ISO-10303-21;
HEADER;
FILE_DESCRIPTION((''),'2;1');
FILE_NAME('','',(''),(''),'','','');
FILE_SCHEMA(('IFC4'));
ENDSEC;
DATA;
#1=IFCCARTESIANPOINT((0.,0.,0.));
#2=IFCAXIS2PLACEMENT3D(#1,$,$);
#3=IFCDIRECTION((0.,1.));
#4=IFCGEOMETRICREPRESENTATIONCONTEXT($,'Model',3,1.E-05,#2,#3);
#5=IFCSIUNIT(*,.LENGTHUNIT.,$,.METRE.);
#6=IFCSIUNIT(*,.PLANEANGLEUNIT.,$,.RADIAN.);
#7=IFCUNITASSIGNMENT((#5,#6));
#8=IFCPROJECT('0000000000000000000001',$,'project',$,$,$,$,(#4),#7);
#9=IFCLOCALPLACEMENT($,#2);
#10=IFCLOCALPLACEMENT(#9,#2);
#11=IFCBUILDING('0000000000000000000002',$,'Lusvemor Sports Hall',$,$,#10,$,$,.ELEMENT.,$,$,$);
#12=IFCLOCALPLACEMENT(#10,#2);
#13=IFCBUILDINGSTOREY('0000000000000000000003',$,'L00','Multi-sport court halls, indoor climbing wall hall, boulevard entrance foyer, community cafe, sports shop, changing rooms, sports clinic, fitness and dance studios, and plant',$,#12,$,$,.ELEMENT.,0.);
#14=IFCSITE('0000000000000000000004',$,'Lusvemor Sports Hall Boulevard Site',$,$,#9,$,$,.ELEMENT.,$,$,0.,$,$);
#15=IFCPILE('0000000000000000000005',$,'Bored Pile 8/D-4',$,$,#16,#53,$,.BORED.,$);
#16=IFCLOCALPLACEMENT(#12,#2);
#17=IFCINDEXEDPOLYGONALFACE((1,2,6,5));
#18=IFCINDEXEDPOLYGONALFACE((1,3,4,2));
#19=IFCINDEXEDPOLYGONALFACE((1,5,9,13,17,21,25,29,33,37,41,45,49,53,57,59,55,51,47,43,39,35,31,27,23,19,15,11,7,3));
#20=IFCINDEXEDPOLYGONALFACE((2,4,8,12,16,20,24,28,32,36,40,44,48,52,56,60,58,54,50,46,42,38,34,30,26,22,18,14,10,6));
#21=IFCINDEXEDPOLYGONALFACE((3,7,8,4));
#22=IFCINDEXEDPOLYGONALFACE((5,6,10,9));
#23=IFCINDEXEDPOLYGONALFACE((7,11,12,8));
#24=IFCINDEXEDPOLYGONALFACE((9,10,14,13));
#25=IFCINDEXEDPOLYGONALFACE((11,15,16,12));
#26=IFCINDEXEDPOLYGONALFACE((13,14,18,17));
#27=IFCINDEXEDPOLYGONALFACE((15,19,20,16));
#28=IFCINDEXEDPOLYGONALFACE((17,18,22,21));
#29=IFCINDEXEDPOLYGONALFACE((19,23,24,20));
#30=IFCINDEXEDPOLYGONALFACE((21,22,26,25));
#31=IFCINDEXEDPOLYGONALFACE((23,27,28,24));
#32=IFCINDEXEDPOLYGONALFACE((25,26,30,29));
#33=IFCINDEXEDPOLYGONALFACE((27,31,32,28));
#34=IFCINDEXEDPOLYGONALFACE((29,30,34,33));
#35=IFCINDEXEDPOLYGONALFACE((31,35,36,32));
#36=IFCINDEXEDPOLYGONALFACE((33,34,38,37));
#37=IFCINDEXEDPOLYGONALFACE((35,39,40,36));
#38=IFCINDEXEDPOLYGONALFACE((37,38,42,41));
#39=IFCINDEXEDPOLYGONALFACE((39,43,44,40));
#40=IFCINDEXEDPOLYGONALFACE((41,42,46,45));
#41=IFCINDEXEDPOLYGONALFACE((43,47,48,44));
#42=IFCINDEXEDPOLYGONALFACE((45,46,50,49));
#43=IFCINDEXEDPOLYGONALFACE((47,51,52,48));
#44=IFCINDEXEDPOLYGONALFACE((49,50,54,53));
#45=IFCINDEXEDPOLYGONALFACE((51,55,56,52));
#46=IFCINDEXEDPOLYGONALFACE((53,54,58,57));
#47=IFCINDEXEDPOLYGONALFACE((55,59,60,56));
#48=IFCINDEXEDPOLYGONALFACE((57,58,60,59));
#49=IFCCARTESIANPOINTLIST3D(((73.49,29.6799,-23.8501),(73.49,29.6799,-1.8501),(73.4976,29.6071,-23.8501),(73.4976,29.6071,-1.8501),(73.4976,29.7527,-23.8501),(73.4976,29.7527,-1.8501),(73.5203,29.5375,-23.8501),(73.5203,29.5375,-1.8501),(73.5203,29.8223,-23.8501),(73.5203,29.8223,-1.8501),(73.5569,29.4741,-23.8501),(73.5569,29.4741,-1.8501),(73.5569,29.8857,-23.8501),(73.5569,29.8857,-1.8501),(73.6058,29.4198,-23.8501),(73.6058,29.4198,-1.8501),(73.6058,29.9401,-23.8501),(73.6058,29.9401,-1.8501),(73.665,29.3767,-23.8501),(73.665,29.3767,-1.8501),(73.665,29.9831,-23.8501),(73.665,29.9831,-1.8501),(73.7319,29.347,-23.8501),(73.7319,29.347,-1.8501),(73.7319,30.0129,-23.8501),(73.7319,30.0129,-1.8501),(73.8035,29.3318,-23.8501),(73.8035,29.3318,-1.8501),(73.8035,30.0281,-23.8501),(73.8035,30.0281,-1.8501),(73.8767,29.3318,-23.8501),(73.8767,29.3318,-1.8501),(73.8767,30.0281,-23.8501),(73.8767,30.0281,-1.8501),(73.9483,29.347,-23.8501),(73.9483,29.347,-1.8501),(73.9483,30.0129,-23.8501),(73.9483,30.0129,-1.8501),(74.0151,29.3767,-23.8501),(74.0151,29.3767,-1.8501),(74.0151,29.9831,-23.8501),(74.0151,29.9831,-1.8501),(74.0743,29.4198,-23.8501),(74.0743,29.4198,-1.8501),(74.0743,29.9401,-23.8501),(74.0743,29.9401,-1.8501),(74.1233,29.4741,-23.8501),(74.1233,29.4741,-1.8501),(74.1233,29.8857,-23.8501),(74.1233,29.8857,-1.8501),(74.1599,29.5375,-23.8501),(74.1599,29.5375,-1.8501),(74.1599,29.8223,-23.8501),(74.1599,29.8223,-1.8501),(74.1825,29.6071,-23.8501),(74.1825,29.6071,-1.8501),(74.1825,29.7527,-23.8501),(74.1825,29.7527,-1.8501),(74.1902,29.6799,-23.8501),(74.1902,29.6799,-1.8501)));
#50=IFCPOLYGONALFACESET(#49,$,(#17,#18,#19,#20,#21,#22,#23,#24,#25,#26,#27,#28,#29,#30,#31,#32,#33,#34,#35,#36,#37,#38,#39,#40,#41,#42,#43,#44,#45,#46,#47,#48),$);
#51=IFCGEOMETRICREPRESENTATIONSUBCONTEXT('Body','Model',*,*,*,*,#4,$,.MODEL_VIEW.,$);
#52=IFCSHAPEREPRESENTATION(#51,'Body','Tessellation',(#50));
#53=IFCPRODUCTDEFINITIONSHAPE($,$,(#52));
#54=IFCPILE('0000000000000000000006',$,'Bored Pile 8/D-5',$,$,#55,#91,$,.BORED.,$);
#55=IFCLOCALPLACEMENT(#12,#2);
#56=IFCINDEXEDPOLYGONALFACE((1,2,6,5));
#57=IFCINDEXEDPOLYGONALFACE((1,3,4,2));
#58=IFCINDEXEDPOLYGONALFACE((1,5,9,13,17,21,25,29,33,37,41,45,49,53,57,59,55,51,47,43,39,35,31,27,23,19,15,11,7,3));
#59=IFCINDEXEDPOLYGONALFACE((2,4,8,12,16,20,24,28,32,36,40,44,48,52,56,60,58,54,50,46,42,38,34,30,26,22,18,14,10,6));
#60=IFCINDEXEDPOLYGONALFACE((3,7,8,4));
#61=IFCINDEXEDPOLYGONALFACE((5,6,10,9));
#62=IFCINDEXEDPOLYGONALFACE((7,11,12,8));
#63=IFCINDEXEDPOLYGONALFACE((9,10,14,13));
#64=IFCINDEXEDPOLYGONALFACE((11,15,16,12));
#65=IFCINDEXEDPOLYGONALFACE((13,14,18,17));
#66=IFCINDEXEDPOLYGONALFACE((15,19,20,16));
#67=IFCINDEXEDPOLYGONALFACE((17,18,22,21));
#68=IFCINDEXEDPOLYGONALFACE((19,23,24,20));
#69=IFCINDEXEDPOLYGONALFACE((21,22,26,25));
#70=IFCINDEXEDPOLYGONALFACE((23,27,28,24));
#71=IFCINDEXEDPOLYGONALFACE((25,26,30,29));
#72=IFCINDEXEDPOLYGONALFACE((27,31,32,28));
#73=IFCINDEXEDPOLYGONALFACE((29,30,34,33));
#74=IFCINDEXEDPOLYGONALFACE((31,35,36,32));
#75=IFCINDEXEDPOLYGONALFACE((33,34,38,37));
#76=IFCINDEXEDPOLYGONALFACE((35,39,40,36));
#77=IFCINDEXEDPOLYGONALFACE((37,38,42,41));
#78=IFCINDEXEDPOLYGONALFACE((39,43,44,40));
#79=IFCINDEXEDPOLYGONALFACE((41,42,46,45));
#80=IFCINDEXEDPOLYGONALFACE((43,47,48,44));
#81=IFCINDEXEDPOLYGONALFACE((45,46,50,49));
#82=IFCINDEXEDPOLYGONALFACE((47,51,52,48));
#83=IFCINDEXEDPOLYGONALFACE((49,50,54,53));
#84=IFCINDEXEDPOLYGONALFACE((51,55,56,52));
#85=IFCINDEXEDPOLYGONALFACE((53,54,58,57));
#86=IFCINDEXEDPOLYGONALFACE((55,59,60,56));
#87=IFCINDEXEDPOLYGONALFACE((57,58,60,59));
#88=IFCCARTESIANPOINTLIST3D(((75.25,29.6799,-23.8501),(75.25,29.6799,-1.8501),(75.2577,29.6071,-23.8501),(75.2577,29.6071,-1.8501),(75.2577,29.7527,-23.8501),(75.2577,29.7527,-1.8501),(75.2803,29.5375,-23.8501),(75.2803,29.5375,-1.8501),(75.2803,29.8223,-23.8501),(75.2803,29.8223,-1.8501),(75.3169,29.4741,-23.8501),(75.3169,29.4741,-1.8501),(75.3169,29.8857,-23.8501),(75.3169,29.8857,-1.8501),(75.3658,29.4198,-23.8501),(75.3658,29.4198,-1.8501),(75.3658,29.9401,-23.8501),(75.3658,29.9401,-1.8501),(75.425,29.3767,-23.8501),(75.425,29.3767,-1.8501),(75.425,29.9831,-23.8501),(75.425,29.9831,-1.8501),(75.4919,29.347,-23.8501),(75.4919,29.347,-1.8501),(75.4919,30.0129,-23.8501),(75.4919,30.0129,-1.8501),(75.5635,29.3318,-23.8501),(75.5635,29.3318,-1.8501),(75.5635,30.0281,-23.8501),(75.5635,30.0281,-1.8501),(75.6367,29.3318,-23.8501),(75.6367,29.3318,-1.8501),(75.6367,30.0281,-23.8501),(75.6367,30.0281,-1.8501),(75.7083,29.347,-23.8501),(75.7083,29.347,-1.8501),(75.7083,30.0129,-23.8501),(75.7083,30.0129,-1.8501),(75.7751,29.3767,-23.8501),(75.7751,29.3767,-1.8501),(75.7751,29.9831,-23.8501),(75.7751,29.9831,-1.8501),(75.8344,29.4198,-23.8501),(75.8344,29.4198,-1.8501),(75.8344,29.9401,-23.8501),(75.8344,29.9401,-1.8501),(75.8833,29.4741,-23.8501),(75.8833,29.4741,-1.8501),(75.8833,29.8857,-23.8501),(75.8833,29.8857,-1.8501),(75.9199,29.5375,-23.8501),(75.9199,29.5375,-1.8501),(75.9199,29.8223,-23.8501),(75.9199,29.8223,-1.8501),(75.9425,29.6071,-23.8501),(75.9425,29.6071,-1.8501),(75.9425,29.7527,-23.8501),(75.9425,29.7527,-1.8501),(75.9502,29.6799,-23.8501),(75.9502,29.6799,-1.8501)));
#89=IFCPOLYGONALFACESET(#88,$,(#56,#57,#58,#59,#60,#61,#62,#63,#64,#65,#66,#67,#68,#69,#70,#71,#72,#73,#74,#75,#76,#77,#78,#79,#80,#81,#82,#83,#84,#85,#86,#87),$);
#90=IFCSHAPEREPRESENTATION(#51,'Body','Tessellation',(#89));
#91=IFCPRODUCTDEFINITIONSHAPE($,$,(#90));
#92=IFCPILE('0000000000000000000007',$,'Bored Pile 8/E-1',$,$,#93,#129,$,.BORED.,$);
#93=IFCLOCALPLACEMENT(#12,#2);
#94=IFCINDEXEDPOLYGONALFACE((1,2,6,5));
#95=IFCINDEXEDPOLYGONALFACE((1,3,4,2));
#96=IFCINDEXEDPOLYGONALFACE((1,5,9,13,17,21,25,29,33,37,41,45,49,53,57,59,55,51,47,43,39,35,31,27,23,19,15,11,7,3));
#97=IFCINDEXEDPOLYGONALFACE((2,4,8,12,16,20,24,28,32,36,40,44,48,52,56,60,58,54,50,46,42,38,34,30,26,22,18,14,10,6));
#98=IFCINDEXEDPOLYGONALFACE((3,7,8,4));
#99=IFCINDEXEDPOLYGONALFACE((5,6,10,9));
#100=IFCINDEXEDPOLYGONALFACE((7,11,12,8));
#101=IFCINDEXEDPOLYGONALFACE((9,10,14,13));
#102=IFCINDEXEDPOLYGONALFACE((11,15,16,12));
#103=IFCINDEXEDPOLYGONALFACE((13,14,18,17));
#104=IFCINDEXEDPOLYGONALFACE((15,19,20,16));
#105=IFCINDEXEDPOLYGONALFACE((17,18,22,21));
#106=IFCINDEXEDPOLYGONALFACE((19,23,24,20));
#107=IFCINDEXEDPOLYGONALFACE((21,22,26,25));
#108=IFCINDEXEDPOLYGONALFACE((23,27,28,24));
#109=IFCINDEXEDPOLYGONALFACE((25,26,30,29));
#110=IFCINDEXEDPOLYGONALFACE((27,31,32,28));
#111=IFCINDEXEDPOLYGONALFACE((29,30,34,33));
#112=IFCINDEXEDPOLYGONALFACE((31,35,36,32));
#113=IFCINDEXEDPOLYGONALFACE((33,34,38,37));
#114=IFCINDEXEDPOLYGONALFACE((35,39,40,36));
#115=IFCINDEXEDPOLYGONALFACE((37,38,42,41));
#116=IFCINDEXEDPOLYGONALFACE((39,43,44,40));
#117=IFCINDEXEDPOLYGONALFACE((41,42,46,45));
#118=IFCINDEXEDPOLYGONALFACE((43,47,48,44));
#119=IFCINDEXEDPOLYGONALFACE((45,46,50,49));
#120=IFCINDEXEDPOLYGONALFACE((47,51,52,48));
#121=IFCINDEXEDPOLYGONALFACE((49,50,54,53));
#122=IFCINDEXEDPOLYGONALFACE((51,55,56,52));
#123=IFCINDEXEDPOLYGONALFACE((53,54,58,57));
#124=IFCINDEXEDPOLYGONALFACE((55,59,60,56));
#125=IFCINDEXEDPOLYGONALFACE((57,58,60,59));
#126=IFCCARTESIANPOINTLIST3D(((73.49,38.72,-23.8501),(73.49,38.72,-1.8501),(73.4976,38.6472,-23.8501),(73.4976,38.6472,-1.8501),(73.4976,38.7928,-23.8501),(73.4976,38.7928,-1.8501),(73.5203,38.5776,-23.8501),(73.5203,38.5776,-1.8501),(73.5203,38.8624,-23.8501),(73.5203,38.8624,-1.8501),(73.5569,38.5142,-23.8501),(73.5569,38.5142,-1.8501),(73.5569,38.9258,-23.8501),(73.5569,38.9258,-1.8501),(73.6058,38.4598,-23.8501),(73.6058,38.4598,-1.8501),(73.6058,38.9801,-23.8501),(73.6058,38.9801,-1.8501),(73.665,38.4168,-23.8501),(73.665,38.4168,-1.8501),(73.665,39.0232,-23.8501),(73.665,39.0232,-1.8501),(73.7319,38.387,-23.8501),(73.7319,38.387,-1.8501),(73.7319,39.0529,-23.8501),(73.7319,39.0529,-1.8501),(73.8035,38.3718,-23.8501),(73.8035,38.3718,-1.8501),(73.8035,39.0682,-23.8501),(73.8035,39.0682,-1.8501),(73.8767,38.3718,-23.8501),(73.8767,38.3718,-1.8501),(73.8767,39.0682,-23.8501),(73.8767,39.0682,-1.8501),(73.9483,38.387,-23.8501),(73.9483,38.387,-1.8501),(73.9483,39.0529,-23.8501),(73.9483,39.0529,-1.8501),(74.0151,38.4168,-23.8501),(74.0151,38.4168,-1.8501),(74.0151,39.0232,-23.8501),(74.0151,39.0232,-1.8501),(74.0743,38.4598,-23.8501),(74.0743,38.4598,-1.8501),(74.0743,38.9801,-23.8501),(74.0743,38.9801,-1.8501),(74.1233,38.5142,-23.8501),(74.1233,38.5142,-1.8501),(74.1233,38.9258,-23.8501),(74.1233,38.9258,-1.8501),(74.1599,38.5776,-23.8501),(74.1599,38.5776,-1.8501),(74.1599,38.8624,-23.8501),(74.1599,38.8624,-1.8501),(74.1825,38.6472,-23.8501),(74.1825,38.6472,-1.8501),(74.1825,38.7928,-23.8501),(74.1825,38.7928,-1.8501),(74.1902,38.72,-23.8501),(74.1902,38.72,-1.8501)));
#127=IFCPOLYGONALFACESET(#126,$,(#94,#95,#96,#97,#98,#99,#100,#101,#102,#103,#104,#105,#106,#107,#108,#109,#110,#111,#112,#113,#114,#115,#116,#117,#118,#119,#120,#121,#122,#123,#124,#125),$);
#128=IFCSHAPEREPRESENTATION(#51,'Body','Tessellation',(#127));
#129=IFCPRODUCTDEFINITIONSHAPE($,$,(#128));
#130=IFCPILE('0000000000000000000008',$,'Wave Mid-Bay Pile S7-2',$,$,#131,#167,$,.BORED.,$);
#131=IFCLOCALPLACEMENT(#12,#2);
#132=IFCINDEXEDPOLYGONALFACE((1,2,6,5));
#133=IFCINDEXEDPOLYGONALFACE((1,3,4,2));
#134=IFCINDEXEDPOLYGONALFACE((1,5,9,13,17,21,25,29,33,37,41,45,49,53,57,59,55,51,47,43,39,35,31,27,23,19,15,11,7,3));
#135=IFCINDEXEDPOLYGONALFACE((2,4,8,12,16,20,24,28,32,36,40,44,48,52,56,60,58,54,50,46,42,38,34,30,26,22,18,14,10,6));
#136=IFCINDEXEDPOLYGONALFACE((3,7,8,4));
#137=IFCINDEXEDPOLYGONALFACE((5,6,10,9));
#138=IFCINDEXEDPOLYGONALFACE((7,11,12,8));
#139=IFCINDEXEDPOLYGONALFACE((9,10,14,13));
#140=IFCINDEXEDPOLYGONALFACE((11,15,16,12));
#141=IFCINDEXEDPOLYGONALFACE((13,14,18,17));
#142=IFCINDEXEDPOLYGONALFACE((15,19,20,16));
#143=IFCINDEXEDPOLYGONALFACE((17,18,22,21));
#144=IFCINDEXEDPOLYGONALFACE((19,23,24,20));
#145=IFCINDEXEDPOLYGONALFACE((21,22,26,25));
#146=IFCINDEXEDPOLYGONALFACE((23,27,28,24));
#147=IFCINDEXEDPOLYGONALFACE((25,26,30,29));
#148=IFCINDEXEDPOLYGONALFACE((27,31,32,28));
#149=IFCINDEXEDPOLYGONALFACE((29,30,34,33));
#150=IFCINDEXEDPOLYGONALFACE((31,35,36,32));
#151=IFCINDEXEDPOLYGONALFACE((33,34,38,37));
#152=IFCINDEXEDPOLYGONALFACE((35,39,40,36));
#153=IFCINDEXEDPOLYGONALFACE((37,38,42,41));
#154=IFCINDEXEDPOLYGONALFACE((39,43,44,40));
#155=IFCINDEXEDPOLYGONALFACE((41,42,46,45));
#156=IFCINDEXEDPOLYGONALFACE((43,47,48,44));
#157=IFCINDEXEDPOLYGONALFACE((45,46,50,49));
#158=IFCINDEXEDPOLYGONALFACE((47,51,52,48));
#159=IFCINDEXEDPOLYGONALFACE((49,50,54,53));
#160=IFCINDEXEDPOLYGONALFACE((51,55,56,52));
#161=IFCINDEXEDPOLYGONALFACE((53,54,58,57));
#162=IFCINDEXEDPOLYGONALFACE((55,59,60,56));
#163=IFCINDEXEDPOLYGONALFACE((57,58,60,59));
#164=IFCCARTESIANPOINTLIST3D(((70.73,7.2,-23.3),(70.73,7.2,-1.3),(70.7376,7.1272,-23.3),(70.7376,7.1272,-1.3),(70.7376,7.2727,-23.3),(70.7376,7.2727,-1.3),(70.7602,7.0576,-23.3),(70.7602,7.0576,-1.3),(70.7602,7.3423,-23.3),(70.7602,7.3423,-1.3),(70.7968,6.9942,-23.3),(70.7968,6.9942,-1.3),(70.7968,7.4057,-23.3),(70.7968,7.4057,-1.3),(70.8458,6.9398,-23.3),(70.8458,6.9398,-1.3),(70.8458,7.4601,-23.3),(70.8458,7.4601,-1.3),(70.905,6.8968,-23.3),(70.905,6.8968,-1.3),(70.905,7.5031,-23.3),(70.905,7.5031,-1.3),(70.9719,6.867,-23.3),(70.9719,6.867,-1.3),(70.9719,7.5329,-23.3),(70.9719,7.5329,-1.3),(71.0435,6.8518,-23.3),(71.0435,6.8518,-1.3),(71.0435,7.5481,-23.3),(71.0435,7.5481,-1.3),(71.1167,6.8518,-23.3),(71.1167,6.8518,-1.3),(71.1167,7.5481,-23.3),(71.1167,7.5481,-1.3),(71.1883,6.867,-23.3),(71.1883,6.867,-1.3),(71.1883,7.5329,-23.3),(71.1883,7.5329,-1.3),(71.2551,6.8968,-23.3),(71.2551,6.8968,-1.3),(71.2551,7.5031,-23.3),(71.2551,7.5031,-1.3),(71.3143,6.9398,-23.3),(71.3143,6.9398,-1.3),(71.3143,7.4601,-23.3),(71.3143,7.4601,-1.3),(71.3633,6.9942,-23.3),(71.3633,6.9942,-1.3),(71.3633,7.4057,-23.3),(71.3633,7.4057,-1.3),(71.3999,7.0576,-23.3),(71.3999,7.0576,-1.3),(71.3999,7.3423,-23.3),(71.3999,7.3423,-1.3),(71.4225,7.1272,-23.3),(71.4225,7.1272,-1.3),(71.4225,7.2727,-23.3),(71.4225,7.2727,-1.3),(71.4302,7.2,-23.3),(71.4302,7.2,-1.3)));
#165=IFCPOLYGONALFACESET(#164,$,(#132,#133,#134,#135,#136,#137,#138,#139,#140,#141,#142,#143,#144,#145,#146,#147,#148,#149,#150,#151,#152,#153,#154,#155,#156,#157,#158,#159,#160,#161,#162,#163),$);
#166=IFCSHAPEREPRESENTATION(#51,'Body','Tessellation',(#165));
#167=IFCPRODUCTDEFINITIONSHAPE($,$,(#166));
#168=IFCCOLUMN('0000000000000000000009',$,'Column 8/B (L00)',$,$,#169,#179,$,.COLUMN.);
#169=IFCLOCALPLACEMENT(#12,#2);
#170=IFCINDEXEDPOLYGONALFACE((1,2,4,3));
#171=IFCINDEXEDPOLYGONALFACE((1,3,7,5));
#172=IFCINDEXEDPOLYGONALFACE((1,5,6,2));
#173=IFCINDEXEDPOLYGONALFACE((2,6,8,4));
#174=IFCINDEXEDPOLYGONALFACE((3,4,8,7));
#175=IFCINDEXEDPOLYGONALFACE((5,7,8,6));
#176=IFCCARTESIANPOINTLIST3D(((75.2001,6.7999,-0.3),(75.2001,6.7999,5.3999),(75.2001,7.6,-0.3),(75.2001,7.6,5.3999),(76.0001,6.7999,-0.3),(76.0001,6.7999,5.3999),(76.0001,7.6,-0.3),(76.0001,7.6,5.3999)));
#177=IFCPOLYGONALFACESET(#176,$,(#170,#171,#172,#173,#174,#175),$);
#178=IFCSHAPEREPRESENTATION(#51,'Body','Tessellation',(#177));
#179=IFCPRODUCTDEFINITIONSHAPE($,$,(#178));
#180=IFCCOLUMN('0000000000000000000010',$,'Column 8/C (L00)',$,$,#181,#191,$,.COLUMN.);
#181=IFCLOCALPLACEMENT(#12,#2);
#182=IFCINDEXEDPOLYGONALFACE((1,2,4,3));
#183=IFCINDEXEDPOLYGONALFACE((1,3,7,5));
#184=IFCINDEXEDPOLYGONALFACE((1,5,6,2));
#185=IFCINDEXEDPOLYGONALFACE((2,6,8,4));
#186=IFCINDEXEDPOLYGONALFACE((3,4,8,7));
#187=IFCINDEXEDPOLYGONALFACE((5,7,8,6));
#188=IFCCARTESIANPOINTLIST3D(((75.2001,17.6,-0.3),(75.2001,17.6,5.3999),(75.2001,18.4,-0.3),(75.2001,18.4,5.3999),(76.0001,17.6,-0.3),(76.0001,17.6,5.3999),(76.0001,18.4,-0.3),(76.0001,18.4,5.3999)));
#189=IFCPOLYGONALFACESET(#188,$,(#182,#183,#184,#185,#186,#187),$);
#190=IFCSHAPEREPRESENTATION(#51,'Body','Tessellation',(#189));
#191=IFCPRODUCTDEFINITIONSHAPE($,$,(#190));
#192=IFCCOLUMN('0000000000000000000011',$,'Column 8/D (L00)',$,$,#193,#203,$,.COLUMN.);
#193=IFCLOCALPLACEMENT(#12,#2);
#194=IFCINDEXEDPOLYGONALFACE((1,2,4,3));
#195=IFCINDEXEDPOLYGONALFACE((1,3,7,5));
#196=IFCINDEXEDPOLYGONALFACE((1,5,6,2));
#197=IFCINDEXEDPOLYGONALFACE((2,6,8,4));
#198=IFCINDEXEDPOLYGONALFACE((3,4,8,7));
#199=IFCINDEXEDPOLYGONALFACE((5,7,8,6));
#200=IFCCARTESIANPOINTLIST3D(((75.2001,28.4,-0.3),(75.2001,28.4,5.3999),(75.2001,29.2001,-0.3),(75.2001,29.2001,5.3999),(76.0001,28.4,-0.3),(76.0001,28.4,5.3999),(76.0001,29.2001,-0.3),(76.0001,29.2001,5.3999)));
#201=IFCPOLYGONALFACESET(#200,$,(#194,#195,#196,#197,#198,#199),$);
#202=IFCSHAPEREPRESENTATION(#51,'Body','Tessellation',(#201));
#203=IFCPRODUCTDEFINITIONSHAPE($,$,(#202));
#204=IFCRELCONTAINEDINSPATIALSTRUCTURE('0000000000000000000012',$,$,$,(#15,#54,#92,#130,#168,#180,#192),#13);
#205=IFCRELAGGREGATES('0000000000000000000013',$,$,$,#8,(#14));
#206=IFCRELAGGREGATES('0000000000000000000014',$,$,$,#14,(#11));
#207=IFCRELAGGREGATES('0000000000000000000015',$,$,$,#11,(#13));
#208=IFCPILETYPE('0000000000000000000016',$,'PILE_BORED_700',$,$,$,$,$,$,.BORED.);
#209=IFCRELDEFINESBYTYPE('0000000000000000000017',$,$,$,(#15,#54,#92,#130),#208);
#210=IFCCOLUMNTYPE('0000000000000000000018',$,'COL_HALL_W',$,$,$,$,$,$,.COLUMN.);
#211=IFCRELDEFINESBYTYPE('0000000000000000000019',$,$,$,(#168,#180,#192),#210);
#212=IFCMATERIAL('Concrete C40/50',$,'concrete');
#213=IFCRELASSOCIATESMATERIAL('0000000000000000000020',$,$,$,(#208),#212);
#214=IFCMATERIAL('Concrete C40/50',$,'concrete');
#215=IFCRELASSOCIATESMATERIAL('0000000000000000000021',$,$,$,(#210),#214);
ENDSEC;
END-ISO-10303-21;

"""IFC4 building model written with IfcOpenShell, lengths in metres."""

from ifc_helpers import new_model, si_unit, direction, frame, origin, origin_2d, place, context, subcontext, project, spatial, rectangle, circle, extrude, material, material_profile, profile_set, type_object, element, save


model = new_model("IFC4")

# Units and contexts
model_context = context("Model", 3, precision=1e-05, world=origin(), true_north=direction((0.0, 1.0)))
body_context = subcontext(model_context, "Body", "Model", "MODEL_VIEW")
ifc_project = project(units=[si_unit("LENGTHUNIT", "METRE"), si_unit("PLANEANGLEUNIT", "RADIAN")], contexts=[model_context])

# Site, building, storey
site_placement = place(None, origin())
site = spatial("IfcSite", under=ifc_project, at=site_placement, Name="Lusvemor Sports Hall Boulevard Site", CompositionType="ELEMENT", RefElevation=0.0)
building_placement = place(site_placement, origin())
building = spatial("IfcBuilding", under=site, at=building_placement, Name="Lusvemor Sports Hall", CompositionType="ELEMENT")
storey_placement = place(building_placement, origin())
storey = spatial("IfcBuildingStorey", under=building, at=storey_placement, Name="L00", Description="Multi-sport court halls, indoor climbing wall hall, boulevard entrance foyer, community cafe, sports shop, changing rooms, sports clinic, fitness and dance studios, and plant", CompositionType="ELEMENT", Elevation=0.0)

# Piles
ifc_material_1 = material(Name="Concrete C40/50", Category="concrete")
ifc_material_profile_1 = material_profile(ifc_material_1, circle(Radius=0.3501, at=origin_2d()), Name="PILE700")
ifc_profile_set_1 = profile_set([ifc_material_profile_1], Name="Concrete C40/50")
pile_type = type_object("IfcPileType", Name="PILE_BORED_700", PredefinedType="BORED", material=ifc_profile_set_1)
for number, where, z_axis, x_axis, name in (
    (1, (73.8401, 29.6799, -1.8501), (0.0, 0.0, -1.0), (1.0, 0.0, 0.0), "Bored Pile 8/D-4"),
    (2, (75.6001, 29.6799, -1.8501), (0.0, 0.0, -1.0), (1.0, 0.0, 0.0), "Bored Pile 8/D-5"),
    (3, (73.8401, 38.72, -1.8501), (0.0, 0.0, -1.0), (1.0, 0.0, 0.0), "Bored Pile 8/E-1"),
    (4, (71.0801, 7.2, -1.3), (0.0, 0.0, -1.0), (1.0, 0.0, 0.0), "Wave Mid-Bay Pile S7-2"),
):
    element("IfcPile", number, at=place(storey_placement, frame(where, z_axis=z_axis, x_axis=x_axis)), inside=storey, type_object=pile_type, Name=name, PredefinedType="BORED", context=body_context, shape_type="SweptSolid", body=[
        extrude(circle(Radius=0.3501, at=origin_2d()), origin(), (0.0, 0.0, 1.0), 22.0),
    ])

# Columns
ifc_material_2 = material(Name="Concrete C40/50", Category="concrete")
ifc_material_profile_2 = material_profile(ifc_material_2, rectangle(XDim=0.8, YDim=0.8, at=origin_2d()), Name="RC800x800")
ifc_profile_set_2 = profile_set([ifc_material_profile_2], Name="Concrete C40/50")
column_type = type_object("IfcColumnType", Name="COL_HALL_W", PredefinedType="COLUMN", material=ifc_profile_set_2)
for number, where, z_axis, x_axis, name in (
    (5, (75.6001, 7.2, -0.3), (0.0, 0.0, 1.0), (1.0, 0.0, 0.0), "Column 8/B (L00)"),
    (6, (75.6001, 18.0, -0.3), (0.0, 0.0, 1.0), (1.0, 0.0, 0.0), "Column 8/C (L00)"),
    (7, (75.6001, 28.8, -0.3), (0.0, 0.0, 1.0), (1.0, 0.0, 0.0), "Column 8/D (L00)"),
):
    element("IfcColumn", number, at=place(storey_placement, frame(where, z_axis=z_axis, x_axis=x_axis)), inside=storey, type_object=column_type, Name=name, PredefinedType="COLUMN", context=body_context, shape_type="SweptSolid", body=[
        extrude(rectangle(XDim=0.8, YDim=0.8, at=origin_2d()), origin(), (0.0, 0.0, 1.0), 5.7),
    ])

save(model, "model.ifc")
